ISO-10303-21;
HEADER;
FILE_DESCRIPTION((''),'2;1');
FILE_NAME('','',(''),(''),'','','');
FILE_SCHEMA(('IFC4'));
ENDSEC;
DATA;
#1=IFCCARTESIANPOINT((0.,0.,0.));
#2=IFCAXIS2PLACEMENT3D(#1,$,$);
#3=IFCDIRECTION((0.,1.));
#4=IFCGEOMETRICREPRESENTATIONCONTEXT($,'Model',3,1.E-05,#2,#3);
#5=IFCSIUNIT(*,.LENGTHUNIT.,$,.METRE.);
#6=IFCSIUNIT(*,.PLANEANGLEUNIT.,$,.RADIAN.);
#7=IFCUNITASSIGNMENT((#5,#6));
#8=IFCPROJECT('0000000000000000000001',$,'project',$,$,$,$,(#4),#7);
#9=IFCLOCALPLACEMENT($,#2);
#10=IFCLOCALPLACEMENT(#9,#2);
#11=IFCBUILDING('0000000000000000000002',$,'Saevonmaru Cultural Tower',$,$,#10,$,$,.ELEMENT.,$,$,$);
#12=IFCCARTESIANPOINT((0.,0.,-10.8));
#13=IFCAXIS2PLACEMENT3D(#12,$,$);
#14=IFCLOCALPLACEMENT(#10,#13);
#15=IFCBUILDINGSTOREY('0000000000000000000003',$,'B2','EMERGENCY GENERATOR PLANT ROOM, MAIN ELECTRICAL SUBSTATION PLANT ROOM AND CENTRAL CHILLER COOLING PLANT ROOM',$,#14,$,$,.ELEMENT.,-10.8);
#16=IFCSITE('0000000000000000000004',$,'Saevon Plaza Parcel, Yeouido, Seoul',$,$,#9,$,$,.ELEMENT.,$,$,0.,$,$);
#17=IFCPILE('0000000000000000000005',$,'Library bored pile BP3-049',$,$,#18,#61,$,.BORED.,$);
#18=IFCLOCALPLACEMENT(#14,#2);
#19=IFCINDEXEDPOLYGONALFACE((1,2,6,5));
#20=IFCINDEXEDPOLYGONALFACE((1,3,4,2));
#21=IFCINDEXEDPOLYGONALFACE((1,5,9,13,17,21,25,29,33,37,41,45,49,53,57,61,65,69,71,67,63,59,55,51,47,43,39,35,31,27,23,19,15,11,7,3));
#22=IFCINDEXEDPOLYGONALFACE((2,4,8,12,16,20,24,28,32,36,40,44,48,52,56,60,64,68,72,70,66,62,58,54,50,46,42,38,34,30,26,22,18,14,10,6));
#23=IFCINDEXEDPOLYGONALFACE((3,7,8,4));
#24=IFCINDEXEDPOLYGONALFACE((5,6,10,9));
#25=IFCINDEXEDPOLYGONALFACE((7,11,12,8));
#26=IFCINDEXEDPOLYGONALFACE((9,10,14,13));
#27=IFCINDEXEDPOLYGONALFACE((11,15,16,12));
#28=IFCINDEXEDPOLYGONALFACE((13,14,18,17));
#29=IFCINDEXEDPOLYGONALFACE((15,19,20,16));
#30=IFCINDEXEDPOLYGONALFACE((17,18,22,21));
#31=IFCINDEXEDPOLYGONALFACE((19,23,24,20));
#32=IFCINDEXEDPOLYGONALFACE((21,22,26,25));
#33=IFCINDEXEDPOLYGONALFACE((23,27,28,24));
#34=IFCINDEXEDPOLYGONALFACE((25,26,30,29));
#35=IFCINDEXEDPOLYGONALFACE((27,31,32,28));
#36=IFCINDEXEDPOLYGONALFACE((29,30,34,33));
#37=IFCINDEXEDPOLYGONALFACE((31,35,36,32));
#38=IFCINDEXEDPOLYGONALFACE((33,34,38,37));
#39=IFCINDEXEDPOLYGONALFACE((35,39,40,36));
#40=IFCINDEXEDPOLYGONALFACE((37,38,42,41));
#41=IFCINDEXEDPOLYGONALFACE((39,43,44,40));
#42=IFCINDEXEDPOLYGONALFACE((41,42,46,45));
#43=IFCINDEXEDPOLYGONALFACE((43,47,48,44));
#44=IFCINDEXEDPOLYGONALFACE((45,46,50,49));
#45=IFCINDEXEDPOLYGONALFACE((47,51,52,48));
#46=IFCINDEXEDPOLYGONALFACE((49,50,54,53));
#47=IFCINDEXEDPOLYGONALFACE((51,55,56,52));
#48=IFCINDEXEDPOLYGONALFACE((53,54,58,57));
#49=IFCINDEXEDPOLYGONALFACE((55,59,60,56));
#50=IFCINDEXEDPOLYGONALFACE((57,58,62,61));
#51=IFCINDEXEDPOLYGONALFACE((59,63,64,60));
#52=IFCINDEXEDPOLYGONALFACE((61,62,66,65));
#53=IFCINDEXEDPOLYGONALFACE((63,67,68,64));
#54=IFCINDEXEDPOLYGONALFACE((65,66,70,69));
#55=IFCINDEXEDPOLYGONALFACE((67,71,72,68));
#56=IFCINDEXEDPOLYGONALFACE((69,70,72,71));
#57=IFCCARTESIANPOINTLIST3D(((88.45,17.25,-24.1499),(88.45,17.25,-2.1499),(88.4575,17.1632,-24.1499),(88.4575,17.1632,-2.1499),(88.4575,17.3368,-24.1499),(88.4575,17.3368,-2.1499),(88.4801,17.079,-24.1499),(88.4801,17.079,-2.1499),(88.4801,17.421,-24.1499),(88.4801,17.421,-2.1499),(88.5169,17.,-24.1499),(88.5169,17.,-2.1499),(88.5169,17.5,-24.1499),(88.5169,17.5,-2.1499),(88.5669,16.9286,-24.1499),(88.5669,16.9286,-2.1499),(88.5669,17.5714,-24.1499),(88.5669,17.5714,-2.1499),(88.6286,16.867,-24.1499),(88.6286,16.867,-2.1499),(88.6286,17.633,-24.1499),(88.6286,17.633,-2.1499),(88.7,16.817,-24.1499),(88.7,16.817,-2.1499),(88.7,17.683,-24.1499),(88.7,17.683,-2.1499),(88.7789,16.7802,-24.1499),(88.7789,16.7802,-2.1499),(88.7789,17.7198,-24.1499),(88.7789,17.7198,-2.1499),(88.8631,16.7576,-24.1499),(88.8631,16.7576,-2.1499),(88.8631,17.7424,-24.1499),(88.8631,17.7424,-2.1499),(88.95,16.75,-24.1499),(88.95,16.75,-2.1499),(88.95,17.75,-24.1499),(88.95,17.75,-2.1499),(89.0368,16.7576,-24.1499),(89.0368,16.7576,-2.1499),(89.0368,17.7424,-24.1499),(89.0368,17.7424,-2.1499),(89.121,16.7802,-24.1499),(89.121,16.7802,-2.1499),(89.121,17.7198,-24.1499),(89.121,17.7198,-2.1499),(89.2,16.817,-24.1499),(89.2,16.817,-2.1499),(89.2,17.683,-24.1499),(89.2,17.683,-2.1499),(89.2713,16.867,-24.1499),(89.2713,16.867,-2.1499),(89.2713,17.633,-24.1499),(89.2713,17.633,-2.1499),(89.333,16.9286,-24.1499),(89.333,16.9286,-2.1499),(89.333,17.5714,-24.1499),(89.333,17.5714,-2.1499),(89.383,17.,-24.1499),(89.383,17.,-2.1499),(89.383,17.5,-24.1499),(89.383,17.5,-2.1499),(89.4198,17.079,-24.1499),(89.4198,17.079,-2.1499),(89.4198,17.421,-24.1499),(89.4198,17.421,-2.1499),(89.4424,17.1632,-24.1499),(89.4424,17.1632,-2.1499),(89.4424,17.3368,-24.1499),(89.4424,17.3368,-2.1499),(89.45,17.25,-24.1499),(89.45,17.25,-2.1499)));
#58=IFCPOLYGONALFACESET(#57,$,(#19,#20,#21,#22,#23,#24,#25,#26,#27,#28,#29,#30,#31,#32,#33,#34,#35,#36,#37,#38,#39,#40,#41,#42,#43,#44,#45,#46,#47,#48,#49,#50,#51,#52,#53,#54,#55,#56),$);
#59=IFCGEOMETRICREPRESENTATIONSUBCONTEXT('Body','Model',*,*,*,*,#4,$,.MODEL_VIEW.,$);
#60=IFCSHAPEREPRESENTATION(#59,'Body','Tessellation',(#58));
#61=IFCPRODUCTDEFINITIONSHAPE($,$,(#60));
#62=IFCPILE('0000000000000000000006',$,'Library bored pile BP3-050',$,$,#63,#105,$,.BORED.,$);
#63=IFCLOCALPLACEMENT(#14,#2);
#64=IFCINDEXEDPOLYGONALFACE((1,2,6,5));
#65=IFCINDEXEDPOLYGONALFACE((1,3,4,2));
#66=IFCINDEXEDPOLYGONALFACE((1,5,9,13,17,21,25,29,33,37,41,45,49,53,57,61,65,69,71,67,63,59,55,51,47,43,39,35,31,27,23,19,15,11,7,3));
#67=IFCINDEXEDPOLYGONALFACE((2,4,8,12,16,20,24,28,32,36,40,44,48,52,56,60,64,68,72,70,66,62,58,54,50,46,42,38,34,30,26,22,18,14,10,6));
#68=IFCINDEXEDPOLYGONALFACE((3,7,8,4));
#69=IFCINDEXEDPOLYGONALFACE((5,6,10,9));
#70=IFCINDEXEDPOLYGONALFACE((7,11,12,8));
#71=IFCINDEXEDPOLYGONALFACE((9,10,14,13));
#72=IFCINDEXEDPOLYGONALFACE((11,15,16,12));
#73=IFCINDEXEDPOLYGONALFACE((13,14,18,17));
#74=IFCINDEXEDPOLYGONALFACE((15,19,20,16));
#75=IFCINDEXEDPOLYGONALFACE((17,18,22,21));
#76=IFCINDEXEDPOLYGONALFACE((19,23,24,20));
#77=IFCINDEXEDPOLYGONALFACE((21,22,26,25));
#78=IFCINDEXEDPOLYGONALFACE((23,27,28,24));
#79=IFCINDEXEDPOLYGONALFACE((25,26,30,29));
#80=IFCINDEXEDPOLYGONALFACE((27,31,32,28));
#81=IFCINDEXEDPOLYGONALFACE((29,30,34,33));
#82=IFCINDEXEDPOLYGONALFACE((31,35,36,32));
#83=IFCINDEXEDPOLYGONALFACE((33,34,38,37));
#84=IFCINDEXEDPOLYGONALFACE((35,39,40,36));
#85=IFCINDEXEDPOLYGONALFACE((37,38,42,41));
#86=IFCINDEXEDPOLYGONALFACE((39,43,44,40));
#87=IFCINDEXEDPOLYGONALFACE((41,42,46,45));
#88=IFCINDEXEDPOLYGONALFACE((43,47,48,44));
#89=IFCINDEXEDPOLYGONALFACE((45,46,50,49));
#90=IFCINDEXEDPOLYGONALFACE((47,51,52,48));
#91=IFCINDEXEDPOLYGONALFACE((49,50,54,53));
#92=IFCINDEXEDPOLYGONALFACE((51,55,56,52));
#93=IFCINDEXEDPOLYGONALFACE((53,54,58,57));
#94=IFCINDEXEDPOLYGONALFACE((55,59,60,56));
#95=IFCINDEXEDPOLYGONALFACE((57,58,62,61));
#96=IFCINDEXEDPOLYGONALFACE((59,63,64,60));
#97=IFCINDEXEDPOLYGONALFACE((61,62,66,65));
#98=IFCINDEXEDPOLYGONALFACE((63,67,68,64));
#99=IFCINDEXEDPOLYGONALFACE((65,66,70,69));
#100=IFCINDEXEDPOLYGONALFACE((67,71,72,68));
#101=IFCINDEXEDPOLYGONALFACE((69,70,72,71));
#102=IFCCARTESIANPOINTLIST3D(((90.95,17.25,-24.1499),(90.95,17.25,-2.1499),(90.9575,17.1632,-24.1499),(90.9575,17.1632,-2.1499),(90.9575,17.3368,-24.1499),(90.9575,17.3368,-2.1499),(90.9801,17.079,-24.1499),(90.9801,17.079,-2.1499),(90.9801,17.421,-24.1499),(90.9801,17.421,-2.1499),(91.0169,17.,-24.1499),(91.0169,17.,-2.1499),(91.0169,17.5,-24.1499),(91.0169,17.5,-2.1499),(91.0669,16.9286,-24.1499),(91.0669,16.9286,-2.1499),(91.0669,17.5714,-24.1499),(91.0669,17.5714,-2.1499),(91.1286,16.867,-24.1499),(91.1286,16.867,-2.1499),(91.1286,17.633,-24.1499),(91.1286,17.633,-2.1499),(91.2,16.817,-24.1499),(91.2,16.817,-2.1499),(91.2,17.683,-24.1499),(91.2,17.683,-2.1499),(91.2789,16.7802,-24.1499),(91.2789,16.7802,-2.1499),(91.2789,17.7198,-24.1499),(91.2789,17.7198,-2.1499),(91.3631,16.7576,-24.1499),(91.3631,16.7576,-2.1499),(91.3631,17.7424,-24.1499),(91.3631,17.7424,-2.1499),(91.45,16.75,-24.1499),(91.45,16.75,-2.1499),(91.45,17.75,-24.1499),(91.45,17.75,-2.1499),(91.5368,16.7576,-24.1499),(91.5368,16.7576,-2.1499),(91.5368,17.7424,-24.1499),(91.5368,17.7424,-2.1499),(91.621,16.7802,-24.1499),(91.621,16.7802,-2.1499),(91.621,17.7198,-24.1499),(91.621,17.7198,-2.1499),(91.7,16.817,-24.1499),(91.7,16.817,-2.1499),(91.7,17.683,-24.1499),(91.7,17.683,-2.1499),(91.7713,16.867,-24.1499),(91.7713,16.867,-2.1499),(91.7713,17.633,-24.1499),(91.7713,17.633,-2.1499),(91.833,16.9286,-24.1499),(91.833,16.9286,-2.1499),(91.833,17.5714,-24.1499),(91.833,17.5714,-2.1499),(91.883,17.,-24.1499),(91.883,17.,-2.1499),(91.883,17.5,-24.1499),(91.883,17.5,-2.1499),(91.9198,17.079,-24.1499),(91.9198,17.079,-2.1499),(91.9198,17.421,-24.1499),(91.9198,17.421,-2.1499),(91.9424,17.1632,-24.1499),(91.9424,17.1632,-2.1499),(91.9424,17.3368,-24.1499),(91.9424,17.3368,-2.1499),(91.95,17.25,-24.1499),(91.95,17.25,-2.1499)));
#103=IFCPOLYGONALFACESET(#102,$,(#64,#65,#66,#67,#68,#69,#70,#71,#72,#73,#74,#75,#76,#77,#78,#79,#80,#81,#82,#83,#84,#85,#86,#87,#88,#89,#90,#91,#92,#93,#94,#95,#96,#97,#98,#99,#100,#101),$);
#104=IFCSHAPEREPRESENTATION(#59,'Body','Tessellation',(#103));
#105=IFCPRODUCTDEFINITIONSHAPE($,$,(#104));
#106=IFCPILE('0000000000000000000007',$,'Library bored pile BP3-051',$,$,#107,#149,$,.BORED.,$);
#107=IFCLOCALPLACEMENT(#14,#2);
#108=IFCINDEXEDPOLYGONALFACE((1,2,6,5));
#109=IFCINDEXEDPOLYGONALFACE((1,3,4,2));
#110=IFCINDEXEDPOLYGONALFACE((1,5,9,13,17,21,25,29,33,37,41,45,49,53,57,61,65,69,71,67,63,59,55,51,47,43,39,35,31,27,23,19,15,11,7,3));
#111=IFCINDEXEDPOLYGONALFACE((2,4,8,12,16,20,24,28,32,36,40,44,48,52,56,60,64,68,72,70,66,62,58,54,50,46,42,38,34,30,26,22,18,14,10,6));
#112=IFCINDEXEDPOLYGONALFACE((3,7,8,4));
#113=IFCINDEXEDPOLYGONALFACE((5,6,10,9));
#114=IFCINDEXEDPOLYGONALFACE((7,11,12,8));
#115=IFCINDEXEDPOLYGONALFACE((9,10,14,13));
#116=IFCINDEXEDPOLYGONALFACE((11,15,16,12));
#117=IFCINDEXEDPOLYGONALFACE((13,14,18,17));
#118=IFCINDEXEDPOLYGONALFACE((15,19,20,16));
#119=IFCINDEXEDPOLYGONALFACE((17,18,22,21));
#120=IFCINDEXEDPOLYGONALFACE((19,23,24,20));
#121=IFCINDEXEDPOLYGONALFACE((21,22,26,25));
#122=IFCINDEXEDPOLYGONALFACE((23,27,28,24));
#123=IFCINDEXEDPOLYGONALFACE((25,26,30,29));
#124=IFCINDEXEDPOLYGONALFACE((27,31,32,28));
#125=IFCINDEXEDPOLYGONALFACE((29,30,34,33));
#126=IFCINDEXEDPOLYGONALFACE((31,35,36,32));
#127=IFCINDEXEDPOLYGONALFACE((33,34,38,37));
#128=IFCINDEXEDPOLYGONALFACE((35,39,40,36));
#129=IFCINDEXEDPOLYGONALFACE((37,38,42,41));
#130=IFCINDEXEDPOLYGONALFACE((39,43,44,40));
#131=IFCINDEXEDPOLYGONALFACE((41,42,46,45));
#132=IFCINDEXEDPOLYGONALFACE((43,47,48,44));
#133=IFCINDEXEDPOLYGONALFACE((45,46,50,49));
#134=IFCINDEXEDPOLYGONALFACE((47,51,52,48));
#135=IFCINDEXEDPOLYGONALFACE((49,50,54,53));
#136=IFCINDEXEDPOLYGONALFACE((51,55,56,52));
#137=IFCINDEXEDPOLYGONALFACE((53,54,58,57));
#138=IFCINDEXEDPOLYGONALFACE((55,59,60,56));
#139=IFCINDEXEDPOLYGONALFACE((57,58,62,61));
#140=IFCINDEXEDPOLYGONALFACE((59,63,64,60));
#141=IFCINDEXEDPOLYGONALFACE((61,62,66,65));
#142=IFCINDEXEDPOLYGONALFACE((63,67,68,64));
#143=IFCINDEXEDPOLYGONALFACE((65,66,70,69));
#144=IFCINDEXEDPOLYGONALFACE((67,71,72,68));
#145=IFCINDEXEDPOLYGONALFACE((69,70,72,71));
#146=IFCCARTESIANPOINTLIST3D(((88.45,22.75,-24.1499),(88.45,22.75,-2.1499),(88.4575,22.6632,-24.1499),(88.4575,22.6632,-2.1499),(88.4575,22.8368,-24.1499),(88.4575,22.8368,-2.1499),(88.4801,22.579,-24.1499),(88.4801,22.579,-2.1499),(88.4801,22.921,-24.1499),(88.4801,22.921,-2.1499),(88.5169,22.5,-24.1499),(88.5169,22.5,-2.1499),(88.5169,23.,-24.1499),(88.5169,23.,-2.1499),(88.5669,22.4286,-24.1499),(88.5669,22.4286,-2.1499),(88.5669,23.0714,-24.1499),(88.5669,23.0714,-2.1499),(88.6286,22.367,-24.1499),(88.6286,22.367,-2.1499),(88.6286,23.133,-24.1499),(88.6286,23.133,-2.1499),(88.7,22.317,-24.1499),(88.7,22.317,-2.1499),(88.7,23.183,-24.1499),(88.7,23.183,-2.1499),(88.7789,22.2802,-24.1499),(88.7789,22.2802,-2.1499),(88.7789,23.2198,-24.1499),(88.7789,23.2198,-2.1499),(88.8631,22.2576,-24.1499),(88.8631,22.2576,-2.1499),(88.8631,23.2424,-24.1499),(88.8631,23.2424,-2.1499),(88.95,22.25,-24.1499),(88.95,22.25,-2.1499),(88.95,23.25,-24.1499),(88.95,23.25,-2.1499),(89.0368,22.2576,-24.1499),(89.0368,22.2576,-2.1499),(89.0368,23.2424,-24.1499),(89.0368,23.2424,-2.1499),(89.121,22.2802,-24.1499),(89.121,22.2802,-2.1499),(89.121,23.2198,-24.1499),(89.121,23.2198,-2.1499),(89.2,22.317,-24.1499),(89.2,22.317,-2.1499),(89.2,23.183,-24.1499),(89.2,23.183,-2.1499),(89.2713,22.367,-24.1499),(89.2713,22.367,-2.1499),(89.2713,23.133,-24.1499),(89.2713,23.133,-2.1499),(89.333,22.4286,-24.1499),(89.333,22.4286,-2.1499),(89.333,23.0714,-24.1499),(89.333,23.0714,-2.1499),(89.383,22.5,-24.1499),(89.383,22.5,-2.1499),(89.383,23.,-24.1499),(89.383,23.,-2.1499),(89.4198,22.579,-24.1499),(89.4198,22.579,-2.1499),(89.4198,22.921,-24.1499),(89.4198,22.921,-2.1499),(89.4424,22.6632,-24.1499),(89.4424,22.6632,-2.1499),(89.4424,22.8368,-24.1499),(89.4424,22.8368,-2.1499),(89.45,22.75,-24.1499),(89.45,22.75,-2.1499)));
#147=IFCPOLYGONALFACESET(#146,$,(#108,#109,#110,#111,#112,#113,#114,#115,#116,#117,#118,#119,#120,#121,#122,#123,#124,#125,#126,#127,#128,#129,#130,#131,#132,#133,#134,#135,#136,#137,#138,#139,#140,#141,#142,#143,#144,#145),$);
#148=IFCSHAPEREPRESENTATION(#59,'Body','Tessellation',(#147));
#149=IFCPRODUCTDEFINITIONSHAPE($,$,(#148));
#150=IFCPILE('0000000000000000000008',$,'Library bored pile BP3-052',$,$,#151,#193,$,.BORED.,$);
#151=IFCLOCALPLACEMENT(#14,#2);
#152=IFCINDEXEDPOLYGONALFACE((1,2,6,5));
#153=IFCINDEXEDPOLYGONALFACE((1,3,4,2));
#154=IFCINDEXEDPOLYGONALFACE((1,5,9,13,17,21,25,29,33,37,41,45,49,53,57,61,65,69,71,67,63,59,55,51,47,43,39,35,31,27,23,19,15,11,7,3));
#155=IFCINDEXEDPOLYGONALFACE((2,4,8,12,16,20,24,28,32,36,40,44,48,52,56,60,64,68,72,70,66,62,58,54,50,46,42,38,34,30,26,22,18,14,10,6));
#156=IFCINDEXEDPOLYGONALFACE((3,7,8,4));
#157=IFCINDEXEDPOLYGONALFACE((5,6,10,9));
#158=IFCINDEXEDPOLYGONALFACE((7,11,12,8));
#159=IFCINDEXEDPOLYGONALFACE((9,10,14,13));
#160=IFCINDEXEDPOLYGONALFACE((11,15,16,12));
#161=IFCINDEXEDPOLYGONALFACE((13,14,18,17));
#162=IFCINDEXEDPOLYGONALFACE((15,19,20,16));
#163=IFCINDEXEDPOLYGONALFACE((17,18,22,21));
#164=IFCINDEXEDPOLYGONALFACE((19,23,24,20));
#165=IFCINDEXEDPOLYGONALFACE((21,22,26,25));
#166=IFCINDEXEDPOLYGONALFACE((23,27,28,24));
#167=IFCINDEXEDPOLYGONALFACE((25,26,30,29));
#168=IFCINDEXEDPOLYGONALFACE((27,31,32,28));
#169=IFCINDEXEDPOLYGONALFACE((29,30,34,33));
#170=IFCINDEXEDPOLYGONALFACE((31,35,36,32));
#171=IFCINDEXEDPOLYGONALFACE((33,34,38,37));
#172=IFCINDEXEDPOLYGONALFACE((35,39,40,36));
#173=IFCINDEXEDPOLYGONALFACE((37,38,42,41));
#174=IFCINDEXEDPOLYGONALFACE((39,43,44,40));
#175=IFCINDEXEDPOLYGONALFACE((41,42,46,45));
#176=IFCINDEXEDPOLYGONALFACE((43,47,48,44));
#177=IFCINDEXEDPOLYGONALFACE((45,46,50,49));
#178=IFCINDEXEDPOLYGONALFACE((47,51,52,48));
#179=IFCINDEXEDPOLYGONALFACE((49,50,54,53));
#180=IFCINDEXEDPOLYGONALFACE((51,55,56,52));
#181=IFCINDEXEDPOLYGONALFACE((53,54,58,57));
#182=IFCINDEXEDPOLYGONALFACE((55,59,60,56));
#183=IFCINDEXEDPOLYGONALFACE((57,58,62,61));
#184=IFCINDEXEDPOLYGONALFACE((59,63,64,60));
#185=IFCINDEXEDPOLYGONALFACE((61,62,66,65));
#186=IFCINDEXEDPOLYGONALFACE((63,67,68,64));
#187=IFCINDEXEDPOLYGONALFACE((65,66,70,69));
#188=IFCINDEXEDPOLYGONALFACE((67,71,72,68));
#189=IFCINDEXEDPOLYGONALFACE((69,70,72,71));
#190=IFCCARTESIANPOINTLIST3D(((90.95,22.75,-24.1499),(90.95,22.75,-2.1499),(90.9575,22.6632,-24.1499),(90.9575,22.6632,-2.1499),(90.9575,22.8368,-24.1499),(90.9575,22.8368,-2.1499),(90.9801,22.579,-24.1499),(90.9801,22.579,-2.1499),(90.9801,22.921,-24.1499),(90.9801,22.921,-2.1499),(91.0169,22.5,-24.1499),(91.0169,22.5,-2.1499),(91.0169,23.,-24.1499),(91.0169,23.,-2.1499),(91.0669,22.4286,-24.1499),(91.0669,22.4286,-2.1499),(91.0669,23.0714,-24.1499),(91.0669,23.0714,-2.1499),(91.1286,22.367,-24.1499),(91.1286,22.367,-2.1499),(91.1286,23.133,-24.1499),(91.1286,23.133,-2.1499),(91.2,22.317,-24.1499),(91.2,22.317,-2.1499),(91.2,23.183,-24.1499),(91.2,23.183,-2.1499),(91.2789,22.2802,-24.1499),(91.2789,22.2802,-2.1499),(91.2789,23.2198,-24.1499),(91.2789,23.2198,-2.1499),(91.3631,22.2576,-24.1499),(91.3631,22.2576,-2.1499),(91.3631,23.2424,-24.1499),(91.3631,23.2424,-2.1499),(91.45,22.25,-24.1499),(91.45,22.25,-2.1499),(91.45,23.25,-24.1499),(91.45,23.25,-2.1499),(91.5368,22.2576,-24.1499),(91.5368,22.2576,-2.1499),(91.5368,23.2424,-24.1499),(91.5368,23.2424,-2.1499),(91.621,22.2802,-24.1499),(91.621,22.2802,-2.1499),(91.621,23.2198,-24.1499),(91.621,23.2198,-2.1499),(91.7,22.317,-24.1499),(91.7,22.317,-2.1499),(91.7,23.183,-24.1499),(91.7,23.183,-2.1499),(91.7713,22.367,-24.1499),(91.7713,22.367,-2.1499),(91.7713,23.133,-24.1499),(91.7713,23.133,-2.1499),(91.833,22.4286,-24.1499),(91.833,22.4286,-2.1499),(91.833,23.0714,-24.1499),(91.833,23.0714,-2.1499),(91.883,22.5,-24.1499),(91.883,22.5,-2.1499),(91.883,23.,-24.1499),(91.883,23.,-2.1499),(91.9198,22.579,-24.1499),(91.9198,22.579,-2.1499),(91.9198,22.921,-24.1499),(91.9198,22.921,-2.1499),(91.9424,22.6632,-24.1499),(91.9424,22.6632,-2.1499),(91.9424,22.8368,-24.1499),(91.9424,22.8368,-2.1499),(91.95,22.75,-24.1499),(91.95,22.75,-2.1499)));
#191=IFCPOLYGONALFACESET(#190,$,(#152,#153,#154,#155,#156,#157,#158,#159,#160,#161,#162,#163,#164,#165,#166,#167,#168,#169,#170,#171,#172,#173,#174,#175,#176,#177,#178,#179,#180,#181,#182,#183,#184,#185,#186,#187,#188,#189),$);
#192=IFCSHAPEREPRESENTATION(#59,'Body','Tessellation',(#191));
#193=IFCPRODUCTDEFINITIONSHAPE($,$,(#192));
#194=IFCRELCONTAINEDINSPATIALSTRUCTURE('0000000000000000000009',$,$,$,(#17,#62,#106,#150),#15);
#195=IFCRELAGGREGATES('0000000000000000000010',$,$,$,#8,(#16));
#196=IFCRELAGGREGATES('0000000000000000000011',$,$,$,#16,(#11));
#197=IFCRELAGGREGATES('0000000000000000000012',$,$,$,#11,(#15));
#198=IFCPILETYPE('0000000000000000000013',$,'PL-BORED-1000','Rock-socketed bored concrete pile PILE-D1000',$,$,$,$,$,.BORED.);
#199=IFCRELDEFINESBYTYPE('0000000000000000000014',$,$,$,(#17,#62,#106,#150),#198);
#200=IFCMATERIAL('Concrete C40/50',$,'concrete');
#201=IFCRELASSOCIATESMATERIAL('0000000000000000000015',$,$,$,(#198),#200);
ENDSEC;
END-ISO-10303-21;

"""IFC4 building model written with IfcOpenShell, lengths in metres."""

from ifc_helpers import new_model, si_unit, direction, frame, origin, origin_2d, place, context, subcontext, project, spatial, circle, extrude, material, material_profile, profile_set, type_object, element, save


model = new_model("IFC4")

# Units and contexts
model_context = context("Model", 3, precision=1e-05, world=origin(), true_north=direction((0.0, 1.0)))
body_context = subcontext(model_context, "Body", "Model", "MODEL_VIEW")
ifc_project = project(units=[si_unit("LENGTHUNIT", "METRE"), si_unit("PLANEANGLEUNIT", "RADIAN")], contexts=[model_context])

# Site, building, storey
site_placement = place(None, origin())
site = spatial("IfcSite", under=ifc_project, at=site_placement, Name="Saevon Plaza Parcel, Yeouido, Seoul", CompositionType="ELEMENT", RefElevation=0.0)
building_placement = place(site_placement, origin())
building = spatial("IfcBuilding", under=site, at=building_placement, Name="Saevonmaru Cultural Tower", CompositionType="ELEMENT")
storey_placement = place(building_placement, frame((0.0, 0.0, -10.8)))
storey = spatial("IfcBuildingStorey", under=building, at=storey_placement, Name="B2", Description="EMERGENCY GENERATOR PLANT ROOM, MAIN ELECTRICAL SUBSTATION PLANT ROOM AND CENTRAL CHILLER COOLING PLANT ROOM", CompositionType="ELEMENT", Elevation=-10.8)

# Piles
ifc_material_1 = material(Name="Concrete C40/50", Category="concrete")
ifc_material_profile_1 = material_profile(ifc_material_1, circle(Radius=0.5, at=origin_2d()), Name="PILE-D1000")
ifc_profile_set_1 = profile_set([ifc_material_profile_1], Name="Concrete C40/50")
pile_type = type_object("IfcPileType", Name="PL-BORED-1000", Description="Rock-socketed bored concrete pile PILE-D1000", PredefinedType="BORED", material=ifc_profile_set_1)
for number, where, z_axis, x_axis, name in (
    (1, (88.95, 17.25, -2.1499), (0.0, 0.0, -1.0), (1.0, 0.0, 0.0), "Library bored pile BP3-049"),
    (2, (91.45, 17.25, -2.1499), (0.0, 0.0, -1.0), (1.0, 0.0, 0.0), "Library bored pile BP3-050"),
    (3, (88.95, 22.75, -2.1499), (0.0, 0.0, -1.0), (1.0, 0.0, 0.0), "Library bored pile BP3-051"),
    (4, (91.45, 22.75, -2.1499), (0.0, 0.0, -1.0), (1.0, 0.0, 0.0), "Library bored pile BP3-052"),
):
    element("IfcPile", number, at=place(storey_placement, frame(where, z_axis=z_axis, x_axis=x_axis)), inside=storey, type_object=pile_type, Name=name, PredefinedType="BORED", context=body_context, shape_type="SweptSolid", body=[
        extrude(circle(Radius=0.5, at=origin_2d()), origin(), (0.0, 0.0, 1.0), 22.0),
    ])

save(model, "model.ifc")
